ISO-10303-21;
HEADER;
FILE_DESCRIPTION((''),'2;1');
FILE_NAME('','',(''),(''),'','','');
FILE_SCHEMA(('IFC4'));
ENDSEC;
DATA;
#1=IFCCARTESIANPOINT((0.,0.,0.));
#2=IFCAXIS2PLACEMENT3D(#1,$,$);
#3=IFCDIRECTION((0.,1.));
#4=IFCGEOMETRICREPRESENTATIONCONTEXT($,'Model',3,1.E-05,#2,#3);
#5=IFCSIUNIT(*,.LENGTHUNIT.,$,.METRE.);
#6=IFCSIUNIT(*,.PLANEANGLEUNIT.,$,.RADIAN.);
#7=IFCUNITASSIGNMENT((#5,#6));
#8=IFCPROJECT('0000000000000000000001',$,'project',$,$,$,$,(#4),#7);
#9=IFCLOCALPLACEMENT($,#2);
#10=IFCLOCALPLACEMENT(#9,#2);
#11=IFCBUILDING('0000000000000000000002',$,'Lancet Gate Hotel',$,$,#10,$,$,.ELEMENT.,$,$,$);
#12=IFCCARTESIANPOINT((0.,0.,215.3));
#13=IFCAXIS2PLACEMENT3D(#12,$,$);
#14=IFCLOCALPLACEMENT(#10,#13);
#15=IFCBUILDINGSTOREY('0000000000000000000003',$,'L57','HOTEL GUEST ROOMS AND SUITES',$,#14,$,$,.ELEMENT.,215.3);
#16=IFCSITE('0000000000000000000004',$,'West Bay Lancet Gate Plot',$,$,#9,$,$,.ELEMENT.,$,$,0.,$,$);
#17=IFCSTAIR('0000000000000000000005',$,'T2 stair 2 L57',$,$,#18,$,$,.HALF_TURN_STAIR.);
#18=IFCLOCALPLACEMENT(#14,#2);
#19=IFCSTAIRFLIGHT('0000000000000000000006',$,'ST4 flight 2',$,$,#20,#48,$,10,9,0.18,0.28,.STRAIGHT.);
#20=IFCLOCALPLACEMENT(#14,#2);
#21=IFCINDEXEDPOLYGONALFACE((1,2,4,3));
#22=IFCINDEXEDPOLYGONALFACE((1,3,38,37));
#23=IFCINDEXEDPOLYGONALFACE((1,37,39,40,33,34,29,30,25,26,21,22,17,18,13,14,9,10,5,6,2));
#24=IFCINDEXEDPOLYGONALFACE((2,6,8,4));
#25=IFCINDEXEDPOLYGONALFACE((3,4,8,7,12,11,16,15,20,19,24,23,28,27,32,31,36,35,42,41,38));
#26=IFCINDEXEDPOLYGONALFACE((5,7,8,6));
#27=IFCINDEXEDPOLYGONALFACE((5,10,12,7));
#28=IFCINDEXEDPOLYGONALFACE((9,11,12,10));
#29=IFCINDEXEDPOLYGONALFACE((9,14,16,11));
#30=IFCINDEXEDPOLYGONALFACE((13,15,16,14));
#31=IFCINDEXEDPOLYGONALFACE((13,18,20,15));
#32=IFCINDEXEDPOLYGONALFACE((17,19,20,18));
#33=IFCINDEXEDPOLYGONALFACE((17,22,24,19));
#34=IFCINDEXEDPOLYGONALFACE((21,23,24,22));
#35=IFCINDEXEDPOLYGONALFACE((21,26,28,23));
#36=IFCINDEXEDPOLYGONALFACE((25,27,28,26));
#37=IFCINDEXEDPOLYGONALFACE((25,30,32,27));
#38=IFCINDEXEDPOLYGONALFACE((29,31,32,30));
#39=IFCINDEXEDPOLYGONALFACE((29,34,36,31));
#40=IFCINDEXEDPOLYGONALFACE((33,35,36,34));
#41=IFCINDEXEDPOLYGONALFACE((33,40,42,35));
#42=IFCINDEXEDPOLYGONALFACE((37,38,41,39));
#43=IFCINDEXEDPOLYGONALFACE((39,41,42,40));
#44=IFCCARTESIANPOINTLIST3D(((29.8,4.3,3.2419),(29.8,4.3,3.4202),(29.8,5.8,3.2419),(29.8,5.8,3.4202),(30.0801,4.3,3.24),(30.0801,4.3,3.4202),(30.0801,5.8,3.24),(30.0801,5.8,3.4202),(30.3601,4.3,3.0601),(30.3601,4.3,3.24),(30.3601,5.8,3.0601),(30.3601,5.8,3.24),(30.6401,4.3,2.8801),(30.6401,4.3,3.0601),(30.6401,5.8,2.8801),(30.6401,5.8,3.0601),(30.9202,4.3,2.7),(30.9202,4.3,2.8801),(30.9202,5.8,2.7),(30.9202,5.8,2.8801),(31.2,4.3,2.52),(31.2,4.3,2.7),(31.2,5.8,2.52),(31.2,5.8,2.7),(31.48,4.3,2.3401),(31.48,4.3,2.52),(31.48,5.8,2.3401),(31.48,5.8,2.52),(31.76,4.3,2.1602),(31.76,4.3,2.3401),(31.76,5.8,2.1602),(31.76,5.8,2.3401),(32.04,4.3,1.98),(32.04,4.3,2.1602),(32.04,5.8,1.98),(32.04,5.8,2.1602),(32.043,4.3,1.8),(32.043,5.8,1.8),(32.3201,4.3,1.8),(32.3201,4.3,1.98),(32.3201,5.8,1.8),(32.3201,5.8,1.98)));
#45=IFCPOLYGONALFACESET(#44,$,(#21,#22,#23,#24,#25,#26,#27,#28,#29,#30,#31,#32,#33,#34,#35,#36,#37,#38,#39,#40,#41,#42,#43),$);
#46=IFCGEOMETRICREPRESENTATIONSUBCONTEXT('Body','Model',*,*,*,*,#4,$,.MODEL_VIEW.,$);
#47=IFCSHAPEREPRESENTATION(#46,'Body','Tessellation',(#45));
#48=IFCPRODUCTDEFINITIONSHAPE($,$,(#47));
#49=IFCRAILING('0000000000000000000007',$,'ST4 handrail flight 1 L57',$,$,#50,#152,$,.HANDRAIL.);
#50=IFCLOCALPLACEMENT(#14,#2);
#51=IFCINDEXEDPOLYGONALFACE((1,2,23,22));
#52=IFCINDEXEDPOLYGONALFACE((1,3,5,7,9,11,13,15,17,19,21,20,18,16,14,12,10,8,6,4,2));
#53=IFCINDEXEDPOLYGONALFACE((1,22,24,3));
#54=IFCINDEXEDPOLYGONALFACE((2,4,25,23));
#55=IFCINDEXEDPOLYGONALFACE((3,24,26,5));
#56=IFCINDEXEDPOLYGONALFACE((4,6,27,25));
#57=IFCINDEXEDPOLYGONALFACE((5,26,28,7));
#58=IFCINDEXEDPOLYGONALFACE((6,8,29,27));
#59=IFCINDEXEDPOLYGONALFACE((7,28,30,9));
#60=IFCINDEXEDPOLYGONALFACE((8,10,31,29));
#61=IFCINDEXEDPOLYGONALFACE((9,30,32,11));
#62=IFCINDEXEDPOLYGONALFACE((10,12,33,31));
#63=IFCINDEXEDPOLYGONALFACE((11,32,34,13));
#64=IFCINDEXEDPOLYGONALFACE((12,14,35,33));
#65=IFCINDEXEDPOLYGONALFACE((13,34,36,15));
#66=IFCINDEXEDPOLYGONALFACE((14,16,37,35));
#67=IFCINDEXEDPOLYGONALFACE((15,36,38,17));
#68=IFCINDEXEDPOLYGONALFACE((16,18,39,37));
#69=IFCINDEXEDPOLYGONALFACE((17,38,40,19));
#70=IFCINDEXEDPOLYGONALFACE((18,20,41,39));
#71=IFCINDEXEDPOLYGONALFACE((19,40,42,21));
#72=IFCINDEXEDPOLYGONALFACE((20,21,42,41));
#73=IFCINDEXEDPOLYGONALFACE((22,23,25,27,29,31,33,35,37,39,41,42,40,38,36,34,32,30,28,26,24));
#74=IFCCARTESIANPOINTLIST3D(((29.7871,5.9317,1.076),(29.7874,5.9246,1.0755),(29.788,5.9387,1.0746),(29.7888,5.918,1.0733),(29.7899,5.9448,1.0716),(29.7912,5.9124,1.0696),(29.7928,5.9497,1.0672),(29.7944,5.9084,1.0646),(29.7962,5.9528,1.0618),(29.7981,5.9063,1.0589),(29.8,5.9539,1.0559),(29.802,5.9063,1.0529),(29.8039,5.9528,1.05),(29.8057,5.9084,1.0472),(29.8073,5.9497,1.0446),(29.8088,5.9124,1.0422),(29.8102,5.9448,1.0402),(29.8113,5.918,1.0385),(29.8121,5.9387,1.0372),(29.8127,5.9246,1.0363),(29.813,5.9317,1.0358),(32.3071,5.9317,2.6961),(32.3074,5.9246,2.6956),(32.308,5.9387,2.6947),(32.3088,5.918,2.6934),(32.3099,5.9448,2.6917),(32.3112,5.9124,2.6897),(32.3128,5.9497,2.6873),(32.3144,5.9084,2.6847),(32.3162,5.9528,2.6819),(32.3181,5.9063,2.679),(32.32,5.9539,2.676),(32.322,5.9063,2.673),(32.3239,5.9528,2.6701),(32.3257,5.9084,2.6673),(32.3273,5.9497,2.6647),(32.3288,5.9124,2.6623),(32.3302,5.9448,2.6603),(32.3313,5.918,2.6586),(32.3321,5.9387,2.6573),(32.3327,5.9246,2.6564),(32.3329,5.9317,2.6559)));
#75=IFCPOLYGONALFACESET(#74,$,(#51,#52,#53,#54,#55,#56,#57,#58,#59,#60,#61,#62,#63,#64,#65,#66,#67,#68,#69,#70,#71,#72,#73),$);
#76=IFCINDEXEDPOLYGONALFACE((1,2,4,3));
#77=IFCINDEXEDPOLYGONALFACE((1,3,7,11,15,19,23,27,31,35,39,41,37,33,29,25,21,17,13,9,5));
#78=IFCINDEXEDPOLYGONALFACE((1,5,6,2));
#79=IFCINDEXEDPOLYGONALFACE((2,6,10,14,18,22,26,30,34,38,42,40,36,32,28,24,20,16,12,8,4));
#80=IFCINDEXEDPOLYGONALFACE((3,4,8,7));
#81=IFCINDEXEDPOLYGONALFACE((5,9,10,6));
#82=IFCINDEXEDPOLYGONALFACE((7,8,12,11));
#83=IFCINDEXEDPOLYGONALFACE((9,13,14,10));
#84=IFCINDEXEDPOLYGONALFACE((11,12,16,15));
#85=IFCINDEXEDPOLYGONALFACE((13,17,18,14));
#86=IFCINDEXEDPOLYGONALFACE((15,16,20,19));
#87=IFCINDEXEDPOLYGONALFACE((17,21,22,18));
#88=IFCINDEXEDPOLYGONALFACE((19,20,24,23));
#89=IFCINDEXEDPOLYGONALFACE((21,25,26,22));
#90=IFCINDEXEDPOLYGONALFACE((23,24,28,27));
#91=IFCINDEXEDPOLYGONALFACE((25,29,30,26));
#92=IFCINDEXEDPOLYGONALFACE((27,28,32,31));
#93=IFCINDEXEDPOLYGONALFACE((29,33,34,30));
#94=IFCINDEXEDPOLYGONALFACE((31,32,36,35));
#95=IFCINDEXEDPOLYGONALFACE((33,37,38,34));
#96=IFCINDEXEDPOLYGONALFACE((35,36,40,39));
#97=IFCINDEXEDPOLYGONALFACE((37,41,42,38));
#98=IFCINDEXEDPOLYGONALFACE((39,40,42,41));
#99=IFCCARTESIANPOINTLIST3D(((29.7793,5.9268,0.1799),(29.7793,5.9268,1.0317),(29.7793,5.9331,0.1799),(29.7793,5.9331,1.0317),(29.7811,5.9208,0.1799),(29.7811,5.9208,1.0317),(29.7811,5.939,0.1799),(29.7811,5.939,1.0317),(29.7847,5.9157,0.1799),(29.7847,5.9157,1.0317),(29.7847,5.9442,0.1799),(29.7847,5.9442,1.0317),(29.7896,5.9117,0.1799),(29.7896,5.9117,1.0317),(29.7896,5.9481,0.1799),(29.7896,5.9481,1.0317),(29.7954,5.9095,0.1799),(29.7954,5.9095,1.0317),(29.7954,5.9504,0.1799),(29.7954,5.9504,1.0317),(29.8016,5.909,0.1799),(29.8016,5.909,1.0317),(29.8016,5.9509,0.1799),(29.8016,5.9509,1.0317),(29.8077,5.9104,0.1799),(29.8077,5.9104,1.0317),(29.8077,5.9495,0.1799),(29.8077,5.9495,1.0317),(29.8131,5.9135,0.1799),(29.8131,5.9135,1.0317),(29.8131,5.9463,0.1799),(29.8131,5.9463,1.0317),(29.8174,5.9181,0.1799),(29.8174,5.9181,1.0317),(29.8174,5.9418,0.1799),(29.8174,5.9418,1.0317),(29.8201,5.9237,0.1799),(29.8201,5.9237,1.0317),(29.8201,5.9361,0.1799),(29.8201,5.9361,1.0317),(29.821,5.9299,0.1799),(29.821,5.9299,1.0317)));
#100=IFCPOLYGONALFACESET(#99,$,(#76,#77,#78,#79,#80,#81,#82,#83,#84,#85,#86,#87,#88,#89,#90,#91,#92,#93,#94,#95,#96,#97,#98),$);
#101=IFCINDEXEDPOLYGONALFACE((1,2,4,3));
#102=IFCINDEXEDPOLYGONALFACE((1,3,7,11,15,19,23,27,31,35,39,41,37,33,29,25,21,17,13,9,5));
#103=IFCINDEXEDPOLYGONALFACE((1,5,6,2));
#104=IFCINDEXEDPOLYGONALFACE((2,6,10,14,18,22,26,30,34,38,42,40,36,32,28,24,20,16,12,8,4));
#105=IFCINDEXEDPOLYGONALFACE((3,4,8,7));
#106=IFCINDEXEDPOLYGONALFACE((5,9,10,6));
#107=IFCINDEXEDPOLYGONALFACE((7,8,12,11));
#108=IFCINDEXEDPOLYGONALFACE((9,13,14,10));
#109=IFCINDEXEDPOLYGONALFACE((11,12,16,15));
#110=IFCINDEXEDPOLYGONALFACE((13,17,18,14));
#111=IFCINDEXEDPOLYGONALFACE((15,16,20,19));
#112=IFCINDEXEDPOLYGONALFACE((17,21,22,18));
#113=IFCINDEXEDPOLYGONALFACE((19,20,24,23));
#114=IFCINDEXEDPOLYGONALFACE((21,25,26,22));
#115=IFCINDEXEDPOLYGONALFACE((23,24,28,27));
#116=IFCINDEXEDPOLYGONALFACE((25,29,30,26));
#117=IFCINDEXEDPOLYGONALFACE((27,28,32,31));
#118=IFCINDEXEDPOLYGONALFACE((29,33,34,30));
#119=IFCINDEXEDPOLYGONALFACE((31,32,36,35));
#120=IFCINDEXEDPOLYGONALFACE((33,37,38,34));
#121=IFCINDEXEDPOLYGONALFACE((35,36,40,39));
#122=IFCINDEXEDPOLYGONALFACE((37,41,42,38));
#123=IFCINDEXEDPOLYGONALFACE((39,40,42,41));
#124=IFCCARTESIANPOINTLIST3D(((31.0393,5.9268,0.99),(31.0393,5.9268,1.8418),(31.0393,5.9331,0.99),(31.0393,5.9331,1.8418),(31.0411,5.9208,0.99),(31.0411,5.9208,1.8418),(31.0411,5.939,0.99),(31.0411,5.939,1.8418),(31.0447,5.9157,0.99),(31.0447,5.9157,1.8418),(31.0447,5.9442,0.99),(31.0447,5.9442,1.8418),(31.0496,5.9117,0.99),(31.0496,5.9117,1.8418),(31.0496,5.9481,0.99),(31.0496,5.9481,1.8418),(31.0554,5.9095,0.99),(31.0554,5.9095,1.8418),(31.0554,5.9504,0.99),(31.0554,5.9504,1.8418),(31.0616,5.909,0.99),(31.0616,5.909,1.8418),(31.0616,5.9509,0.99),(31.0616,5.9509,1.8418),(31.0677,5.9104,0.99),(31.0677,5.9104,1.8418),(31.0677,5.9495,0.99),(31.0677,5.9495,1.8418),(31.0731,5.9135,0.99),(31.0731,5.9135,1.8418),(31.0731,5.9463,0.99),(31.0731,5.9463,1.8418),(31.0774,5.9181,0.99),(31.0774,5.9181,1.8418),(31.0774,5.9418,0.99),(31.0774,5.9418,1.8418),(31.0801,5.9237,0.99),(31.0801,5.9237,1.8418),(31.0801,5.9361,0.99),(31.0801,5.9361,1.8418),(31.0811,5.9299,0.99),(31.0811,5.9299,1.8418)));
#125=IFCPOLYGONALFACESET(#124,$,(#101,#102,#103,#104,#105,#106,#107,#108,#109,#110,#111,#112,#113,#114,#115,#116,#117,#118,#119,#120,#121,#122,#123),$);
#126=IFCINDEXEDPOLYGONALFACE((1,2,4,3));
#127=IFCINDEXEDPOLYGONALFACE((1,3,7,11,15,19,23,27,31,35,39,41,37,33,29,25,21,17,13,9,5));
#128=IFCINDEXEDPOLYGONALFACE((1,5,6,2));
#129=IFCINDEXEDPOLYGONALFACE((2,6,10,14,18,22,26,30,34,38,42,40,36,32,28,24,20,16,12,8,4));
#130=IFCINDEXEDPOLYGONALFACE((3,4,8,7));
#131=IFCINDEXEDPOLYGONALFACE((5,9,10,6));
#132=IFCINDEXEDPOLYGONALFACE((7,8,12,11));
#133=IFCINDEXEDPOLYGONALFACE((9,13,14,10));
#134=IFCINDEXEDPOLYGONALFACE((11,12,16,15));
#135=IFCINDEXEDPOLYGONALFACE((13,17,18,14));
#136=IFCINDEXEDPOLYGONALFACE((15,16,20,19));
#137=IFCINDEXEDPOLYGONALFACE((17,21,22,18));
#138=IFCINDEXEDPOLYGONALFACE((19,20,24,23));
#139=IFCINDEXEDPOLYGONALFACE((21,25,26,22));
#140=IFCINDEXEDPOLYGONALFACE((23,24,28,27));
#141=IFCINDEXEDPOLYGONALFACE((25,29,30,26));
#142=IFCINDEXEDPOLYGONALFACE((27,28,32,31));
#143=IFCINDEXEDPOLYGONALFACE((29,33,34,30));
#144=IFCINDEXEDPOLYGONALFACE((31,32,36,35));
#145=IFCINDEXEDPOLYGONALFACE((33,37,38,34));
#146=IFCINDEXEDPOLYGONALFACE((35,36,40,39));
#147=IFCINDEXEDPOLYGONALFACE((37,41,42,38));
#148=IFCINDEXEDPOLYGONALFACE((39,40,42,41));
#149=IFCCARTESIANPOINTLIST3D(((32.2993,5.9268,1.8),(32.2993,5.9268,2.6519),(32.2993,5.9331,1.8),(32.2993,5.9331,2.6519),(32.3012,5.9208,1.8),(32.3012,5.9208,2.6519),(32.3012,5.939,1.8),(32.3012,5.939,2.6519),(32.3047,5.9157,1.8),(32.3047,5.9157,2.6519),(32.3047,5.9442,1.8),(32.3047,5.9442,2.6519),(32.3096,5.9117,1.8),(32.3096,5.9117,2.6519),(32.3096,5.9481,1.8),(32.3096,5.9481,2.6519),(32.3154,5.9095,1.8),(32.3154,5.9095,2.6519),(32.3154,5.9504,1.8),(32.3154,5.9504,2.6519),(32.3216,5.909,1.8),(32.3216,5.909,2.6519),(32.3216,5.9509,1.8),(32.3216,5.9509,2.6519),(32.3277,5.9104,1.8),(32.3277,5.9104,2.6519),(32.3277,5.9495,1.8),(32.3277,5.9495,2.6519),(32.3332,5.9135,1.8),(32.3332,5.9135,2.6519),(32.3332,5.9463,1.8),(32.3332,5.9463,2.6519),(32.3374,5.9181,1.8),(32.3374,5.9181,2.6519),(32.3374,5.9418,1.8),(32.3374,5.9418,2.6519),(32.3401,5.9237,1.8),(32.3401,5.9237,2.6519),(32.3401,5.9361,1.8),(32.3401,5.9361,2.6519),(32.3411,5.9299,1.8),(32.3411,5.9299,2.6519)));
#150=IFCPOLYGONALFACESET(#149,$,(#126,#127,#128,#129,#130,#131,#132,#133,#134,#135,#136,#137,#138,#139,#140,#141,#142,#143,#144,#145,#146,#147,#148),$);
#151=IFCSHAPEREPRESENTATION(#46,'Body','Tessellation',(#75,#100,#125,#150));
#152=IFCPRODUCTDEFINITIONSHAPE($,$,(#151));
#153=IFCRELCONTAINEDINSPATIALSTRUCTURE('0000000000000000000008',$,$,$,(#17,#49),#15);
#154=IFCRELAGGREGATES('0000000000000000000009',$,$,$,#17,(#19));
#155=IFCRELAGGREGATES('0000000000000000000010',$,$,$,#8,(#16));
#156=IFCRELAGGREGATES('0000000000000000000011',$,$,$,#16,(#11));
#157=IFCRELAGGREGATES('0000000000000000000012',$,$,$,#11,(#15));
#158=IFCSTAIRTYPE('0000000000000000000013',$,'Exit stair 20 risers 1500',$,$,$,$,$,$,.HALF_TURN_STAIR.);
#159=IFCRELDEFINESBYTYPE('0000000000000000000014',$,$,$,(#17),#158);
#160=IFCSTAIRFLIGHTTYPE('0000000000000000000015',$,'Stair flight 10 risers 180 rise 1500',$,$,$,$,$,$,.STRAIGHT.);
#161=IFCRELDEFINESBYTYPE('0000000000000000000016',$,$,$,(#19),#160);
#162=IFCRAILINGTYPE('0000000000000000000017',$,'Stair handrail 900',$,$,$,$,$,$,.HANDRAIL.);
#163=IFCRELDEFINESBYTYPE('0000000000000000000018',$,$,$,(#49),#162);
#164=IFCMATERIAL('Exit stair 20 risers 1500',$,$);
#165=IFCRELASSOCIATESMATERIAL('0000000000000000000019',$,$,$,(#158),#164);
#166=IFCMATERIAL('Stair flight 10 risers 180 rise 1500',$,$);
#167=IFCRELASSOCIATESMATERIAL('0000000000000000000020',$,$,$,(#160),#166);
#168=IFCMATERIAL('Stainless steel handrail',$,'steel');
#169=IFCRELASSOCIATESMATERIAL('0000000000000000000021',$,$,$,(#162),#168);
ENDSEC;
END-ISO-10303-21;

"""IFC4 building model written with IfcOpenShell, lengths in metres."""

from ifc_helpers import new_model, si_unit, direction, frame, origin, origin_2d, place, context, subcontext, project, spatial, polyline, circle, outline, extrude, material, type_object, element, aggregate, save


model = new_model("IFC4")

# Units and contexts
model_context = context("Model", 3, precision=1e-05, world=origin(), true_north=direction((0.0, 1.0)))
body_context = subcontext(model_context, "Body", "Model", "MODEL_VIEW")
ifc_project = project(units=[si_unit("LENGTHUNIT", "METRE"), si_unit("PLANEANGLEUNIT", "RADIAN")], contexts=[model_context])

# Site, building, storey
site_placement = place(None, origin())
site = spatial("IfcSite", under=ifc_project, at=site_placement, Name="West Bay Lancet Gate Plot", CompositionType="ELEMENT", RefElevation=0.0)
building_placement = place(site_placement, origin())
building = spatial("IfcBuilding", under=site, at=building_placement, Name="Lancet Gate Hotel", CompositionType="ELEMENT")
storey_placement = place(building_placement, frame((0.0, 0.0, 215.3)))
storey = spatial("IfcBuildingStorey", under=building, at=storey_placement, Name="L57", Description="HOTEL GUEST ROOMS AND SUITES", CompositionType="ELEMENT", Elevation=215.3)

# Stair, stair flight
ifc_material_1 = material(Name="Exit stair 20 risers 1500")
stair_type = type_object("IfcStairType", Name="Exit stair 20 risers 1500", PredefinedType="HALF_TURN_STAIR", material=ifc_material_1)
stair_placement = place(storey_placement, origin())
stair = element("IfcStair", 1, at=stair_placement, inside=storey, type_object=stair_type, Name="T2 stair 2 L57", PredefinedType="HALF_TURN_STAIR")
ifc_material_2 = material(Name="Stair flight 10 risers 180 rise 1500")
stair_flight_type = type_object("IfcStairFlightType", Name="Stair flight 10 risers 180 rise 1500", PredefinedType="STRAIGHT", material=ifc_material_2)
stair_flight_1_placement = place(storey_placement, frame((32.3201, 5.05, 1.8), z_axis=(0.0, 0.0, 1.0), x_axis=(-1.0, 0.0, 0.0)))
stair_flight_1 = element("IfcStairFlight", 2, at=stair_flight_1_placement, type_object=stair_flight_type, Name="ST4 flight 2", NumberOfRisers=10, NumberOfTreads=9, PredefinedType="STRAIGHT", RiserHeight=0.18, TreadLength=0.28, context=body_context, shape_type="SweptSolid", body=[
    extrude(outline(polyline([(0.0, 0.0), (0.0, 0.1799), (0.28, 0.1799), (0.28, 0.3601), (0.5601, 0.3601), (0.5601, 0.54), (0.8401, 0.54), (0.8401, 0.72), (1.1201, 0.72), (1.1201, 0.8999), (1.3999, 0.8999), (1.3999, 1.0801), (1.6799, 1.0801), (1.6799, 1.26), (1.96, 1.26), (1.96, 1.4399), (2.24, 1.4399), (2.24, 1.6201), (2.52, 1.6201), (2.52, 1.8), (2.52, 1.4419), (0.2771, 0.0), (0.0, 0.0)])), frame((0.0, 0.75, 0.0), z_axis=(0.0, -1.0, 0.0), x_axis=(1.0, 0.0, 0.0)), (0.0, 0.0, 1.0), 1.5),
])
aggregate(stair, [stair_flight_1])

# Railing
ifc_material_3 = material(Name="Stainless steel handrail", Category="steel")
railing_type = type_object("IfcRailingType", Name="Stair handrail 900", PredefinedType="HANDRAIL", material=ifc_material_3)
railing_1_placement = place(storey_placement, frame((29.8, 5.9299, 0.1799)))
element("IfcRailing", 3, at=railing_1_placement, inside=storey, type_object=railing_type, Name="ST4 handrail flight 1 L57", PredefinedType="HANDRAIL", context=body_context, shape_type="SweptSolid", body=[
    extrude(circle(Radius=0.0239, at=origin_2d()), frame((0.0, 0.0, 0.876), z_axis=(0.841163, 0.0, 0.540782), x_axis=(0.0, 1.0, 0.0)), (0.0, 0.0, 1.0), 2.9958),
    extrude(circle(Radius=0.021, at=origin_2d()), origin(), (0.0, 0.0, 1.0), 0.8518),
    extrude(circle(Radius=0.021, at=origin_2d()), frame((1.26, 0.0, 0.8101)), (0.0, 0.0, 1.0), 0.8518),
    extrude(circle(Radius=0.021, at=origin_2d()), frame((2.52, 0.0, 1.6201)), (0.0, 0.0, 1.0), 0.8518),
])

save(model, "model.ifc")
